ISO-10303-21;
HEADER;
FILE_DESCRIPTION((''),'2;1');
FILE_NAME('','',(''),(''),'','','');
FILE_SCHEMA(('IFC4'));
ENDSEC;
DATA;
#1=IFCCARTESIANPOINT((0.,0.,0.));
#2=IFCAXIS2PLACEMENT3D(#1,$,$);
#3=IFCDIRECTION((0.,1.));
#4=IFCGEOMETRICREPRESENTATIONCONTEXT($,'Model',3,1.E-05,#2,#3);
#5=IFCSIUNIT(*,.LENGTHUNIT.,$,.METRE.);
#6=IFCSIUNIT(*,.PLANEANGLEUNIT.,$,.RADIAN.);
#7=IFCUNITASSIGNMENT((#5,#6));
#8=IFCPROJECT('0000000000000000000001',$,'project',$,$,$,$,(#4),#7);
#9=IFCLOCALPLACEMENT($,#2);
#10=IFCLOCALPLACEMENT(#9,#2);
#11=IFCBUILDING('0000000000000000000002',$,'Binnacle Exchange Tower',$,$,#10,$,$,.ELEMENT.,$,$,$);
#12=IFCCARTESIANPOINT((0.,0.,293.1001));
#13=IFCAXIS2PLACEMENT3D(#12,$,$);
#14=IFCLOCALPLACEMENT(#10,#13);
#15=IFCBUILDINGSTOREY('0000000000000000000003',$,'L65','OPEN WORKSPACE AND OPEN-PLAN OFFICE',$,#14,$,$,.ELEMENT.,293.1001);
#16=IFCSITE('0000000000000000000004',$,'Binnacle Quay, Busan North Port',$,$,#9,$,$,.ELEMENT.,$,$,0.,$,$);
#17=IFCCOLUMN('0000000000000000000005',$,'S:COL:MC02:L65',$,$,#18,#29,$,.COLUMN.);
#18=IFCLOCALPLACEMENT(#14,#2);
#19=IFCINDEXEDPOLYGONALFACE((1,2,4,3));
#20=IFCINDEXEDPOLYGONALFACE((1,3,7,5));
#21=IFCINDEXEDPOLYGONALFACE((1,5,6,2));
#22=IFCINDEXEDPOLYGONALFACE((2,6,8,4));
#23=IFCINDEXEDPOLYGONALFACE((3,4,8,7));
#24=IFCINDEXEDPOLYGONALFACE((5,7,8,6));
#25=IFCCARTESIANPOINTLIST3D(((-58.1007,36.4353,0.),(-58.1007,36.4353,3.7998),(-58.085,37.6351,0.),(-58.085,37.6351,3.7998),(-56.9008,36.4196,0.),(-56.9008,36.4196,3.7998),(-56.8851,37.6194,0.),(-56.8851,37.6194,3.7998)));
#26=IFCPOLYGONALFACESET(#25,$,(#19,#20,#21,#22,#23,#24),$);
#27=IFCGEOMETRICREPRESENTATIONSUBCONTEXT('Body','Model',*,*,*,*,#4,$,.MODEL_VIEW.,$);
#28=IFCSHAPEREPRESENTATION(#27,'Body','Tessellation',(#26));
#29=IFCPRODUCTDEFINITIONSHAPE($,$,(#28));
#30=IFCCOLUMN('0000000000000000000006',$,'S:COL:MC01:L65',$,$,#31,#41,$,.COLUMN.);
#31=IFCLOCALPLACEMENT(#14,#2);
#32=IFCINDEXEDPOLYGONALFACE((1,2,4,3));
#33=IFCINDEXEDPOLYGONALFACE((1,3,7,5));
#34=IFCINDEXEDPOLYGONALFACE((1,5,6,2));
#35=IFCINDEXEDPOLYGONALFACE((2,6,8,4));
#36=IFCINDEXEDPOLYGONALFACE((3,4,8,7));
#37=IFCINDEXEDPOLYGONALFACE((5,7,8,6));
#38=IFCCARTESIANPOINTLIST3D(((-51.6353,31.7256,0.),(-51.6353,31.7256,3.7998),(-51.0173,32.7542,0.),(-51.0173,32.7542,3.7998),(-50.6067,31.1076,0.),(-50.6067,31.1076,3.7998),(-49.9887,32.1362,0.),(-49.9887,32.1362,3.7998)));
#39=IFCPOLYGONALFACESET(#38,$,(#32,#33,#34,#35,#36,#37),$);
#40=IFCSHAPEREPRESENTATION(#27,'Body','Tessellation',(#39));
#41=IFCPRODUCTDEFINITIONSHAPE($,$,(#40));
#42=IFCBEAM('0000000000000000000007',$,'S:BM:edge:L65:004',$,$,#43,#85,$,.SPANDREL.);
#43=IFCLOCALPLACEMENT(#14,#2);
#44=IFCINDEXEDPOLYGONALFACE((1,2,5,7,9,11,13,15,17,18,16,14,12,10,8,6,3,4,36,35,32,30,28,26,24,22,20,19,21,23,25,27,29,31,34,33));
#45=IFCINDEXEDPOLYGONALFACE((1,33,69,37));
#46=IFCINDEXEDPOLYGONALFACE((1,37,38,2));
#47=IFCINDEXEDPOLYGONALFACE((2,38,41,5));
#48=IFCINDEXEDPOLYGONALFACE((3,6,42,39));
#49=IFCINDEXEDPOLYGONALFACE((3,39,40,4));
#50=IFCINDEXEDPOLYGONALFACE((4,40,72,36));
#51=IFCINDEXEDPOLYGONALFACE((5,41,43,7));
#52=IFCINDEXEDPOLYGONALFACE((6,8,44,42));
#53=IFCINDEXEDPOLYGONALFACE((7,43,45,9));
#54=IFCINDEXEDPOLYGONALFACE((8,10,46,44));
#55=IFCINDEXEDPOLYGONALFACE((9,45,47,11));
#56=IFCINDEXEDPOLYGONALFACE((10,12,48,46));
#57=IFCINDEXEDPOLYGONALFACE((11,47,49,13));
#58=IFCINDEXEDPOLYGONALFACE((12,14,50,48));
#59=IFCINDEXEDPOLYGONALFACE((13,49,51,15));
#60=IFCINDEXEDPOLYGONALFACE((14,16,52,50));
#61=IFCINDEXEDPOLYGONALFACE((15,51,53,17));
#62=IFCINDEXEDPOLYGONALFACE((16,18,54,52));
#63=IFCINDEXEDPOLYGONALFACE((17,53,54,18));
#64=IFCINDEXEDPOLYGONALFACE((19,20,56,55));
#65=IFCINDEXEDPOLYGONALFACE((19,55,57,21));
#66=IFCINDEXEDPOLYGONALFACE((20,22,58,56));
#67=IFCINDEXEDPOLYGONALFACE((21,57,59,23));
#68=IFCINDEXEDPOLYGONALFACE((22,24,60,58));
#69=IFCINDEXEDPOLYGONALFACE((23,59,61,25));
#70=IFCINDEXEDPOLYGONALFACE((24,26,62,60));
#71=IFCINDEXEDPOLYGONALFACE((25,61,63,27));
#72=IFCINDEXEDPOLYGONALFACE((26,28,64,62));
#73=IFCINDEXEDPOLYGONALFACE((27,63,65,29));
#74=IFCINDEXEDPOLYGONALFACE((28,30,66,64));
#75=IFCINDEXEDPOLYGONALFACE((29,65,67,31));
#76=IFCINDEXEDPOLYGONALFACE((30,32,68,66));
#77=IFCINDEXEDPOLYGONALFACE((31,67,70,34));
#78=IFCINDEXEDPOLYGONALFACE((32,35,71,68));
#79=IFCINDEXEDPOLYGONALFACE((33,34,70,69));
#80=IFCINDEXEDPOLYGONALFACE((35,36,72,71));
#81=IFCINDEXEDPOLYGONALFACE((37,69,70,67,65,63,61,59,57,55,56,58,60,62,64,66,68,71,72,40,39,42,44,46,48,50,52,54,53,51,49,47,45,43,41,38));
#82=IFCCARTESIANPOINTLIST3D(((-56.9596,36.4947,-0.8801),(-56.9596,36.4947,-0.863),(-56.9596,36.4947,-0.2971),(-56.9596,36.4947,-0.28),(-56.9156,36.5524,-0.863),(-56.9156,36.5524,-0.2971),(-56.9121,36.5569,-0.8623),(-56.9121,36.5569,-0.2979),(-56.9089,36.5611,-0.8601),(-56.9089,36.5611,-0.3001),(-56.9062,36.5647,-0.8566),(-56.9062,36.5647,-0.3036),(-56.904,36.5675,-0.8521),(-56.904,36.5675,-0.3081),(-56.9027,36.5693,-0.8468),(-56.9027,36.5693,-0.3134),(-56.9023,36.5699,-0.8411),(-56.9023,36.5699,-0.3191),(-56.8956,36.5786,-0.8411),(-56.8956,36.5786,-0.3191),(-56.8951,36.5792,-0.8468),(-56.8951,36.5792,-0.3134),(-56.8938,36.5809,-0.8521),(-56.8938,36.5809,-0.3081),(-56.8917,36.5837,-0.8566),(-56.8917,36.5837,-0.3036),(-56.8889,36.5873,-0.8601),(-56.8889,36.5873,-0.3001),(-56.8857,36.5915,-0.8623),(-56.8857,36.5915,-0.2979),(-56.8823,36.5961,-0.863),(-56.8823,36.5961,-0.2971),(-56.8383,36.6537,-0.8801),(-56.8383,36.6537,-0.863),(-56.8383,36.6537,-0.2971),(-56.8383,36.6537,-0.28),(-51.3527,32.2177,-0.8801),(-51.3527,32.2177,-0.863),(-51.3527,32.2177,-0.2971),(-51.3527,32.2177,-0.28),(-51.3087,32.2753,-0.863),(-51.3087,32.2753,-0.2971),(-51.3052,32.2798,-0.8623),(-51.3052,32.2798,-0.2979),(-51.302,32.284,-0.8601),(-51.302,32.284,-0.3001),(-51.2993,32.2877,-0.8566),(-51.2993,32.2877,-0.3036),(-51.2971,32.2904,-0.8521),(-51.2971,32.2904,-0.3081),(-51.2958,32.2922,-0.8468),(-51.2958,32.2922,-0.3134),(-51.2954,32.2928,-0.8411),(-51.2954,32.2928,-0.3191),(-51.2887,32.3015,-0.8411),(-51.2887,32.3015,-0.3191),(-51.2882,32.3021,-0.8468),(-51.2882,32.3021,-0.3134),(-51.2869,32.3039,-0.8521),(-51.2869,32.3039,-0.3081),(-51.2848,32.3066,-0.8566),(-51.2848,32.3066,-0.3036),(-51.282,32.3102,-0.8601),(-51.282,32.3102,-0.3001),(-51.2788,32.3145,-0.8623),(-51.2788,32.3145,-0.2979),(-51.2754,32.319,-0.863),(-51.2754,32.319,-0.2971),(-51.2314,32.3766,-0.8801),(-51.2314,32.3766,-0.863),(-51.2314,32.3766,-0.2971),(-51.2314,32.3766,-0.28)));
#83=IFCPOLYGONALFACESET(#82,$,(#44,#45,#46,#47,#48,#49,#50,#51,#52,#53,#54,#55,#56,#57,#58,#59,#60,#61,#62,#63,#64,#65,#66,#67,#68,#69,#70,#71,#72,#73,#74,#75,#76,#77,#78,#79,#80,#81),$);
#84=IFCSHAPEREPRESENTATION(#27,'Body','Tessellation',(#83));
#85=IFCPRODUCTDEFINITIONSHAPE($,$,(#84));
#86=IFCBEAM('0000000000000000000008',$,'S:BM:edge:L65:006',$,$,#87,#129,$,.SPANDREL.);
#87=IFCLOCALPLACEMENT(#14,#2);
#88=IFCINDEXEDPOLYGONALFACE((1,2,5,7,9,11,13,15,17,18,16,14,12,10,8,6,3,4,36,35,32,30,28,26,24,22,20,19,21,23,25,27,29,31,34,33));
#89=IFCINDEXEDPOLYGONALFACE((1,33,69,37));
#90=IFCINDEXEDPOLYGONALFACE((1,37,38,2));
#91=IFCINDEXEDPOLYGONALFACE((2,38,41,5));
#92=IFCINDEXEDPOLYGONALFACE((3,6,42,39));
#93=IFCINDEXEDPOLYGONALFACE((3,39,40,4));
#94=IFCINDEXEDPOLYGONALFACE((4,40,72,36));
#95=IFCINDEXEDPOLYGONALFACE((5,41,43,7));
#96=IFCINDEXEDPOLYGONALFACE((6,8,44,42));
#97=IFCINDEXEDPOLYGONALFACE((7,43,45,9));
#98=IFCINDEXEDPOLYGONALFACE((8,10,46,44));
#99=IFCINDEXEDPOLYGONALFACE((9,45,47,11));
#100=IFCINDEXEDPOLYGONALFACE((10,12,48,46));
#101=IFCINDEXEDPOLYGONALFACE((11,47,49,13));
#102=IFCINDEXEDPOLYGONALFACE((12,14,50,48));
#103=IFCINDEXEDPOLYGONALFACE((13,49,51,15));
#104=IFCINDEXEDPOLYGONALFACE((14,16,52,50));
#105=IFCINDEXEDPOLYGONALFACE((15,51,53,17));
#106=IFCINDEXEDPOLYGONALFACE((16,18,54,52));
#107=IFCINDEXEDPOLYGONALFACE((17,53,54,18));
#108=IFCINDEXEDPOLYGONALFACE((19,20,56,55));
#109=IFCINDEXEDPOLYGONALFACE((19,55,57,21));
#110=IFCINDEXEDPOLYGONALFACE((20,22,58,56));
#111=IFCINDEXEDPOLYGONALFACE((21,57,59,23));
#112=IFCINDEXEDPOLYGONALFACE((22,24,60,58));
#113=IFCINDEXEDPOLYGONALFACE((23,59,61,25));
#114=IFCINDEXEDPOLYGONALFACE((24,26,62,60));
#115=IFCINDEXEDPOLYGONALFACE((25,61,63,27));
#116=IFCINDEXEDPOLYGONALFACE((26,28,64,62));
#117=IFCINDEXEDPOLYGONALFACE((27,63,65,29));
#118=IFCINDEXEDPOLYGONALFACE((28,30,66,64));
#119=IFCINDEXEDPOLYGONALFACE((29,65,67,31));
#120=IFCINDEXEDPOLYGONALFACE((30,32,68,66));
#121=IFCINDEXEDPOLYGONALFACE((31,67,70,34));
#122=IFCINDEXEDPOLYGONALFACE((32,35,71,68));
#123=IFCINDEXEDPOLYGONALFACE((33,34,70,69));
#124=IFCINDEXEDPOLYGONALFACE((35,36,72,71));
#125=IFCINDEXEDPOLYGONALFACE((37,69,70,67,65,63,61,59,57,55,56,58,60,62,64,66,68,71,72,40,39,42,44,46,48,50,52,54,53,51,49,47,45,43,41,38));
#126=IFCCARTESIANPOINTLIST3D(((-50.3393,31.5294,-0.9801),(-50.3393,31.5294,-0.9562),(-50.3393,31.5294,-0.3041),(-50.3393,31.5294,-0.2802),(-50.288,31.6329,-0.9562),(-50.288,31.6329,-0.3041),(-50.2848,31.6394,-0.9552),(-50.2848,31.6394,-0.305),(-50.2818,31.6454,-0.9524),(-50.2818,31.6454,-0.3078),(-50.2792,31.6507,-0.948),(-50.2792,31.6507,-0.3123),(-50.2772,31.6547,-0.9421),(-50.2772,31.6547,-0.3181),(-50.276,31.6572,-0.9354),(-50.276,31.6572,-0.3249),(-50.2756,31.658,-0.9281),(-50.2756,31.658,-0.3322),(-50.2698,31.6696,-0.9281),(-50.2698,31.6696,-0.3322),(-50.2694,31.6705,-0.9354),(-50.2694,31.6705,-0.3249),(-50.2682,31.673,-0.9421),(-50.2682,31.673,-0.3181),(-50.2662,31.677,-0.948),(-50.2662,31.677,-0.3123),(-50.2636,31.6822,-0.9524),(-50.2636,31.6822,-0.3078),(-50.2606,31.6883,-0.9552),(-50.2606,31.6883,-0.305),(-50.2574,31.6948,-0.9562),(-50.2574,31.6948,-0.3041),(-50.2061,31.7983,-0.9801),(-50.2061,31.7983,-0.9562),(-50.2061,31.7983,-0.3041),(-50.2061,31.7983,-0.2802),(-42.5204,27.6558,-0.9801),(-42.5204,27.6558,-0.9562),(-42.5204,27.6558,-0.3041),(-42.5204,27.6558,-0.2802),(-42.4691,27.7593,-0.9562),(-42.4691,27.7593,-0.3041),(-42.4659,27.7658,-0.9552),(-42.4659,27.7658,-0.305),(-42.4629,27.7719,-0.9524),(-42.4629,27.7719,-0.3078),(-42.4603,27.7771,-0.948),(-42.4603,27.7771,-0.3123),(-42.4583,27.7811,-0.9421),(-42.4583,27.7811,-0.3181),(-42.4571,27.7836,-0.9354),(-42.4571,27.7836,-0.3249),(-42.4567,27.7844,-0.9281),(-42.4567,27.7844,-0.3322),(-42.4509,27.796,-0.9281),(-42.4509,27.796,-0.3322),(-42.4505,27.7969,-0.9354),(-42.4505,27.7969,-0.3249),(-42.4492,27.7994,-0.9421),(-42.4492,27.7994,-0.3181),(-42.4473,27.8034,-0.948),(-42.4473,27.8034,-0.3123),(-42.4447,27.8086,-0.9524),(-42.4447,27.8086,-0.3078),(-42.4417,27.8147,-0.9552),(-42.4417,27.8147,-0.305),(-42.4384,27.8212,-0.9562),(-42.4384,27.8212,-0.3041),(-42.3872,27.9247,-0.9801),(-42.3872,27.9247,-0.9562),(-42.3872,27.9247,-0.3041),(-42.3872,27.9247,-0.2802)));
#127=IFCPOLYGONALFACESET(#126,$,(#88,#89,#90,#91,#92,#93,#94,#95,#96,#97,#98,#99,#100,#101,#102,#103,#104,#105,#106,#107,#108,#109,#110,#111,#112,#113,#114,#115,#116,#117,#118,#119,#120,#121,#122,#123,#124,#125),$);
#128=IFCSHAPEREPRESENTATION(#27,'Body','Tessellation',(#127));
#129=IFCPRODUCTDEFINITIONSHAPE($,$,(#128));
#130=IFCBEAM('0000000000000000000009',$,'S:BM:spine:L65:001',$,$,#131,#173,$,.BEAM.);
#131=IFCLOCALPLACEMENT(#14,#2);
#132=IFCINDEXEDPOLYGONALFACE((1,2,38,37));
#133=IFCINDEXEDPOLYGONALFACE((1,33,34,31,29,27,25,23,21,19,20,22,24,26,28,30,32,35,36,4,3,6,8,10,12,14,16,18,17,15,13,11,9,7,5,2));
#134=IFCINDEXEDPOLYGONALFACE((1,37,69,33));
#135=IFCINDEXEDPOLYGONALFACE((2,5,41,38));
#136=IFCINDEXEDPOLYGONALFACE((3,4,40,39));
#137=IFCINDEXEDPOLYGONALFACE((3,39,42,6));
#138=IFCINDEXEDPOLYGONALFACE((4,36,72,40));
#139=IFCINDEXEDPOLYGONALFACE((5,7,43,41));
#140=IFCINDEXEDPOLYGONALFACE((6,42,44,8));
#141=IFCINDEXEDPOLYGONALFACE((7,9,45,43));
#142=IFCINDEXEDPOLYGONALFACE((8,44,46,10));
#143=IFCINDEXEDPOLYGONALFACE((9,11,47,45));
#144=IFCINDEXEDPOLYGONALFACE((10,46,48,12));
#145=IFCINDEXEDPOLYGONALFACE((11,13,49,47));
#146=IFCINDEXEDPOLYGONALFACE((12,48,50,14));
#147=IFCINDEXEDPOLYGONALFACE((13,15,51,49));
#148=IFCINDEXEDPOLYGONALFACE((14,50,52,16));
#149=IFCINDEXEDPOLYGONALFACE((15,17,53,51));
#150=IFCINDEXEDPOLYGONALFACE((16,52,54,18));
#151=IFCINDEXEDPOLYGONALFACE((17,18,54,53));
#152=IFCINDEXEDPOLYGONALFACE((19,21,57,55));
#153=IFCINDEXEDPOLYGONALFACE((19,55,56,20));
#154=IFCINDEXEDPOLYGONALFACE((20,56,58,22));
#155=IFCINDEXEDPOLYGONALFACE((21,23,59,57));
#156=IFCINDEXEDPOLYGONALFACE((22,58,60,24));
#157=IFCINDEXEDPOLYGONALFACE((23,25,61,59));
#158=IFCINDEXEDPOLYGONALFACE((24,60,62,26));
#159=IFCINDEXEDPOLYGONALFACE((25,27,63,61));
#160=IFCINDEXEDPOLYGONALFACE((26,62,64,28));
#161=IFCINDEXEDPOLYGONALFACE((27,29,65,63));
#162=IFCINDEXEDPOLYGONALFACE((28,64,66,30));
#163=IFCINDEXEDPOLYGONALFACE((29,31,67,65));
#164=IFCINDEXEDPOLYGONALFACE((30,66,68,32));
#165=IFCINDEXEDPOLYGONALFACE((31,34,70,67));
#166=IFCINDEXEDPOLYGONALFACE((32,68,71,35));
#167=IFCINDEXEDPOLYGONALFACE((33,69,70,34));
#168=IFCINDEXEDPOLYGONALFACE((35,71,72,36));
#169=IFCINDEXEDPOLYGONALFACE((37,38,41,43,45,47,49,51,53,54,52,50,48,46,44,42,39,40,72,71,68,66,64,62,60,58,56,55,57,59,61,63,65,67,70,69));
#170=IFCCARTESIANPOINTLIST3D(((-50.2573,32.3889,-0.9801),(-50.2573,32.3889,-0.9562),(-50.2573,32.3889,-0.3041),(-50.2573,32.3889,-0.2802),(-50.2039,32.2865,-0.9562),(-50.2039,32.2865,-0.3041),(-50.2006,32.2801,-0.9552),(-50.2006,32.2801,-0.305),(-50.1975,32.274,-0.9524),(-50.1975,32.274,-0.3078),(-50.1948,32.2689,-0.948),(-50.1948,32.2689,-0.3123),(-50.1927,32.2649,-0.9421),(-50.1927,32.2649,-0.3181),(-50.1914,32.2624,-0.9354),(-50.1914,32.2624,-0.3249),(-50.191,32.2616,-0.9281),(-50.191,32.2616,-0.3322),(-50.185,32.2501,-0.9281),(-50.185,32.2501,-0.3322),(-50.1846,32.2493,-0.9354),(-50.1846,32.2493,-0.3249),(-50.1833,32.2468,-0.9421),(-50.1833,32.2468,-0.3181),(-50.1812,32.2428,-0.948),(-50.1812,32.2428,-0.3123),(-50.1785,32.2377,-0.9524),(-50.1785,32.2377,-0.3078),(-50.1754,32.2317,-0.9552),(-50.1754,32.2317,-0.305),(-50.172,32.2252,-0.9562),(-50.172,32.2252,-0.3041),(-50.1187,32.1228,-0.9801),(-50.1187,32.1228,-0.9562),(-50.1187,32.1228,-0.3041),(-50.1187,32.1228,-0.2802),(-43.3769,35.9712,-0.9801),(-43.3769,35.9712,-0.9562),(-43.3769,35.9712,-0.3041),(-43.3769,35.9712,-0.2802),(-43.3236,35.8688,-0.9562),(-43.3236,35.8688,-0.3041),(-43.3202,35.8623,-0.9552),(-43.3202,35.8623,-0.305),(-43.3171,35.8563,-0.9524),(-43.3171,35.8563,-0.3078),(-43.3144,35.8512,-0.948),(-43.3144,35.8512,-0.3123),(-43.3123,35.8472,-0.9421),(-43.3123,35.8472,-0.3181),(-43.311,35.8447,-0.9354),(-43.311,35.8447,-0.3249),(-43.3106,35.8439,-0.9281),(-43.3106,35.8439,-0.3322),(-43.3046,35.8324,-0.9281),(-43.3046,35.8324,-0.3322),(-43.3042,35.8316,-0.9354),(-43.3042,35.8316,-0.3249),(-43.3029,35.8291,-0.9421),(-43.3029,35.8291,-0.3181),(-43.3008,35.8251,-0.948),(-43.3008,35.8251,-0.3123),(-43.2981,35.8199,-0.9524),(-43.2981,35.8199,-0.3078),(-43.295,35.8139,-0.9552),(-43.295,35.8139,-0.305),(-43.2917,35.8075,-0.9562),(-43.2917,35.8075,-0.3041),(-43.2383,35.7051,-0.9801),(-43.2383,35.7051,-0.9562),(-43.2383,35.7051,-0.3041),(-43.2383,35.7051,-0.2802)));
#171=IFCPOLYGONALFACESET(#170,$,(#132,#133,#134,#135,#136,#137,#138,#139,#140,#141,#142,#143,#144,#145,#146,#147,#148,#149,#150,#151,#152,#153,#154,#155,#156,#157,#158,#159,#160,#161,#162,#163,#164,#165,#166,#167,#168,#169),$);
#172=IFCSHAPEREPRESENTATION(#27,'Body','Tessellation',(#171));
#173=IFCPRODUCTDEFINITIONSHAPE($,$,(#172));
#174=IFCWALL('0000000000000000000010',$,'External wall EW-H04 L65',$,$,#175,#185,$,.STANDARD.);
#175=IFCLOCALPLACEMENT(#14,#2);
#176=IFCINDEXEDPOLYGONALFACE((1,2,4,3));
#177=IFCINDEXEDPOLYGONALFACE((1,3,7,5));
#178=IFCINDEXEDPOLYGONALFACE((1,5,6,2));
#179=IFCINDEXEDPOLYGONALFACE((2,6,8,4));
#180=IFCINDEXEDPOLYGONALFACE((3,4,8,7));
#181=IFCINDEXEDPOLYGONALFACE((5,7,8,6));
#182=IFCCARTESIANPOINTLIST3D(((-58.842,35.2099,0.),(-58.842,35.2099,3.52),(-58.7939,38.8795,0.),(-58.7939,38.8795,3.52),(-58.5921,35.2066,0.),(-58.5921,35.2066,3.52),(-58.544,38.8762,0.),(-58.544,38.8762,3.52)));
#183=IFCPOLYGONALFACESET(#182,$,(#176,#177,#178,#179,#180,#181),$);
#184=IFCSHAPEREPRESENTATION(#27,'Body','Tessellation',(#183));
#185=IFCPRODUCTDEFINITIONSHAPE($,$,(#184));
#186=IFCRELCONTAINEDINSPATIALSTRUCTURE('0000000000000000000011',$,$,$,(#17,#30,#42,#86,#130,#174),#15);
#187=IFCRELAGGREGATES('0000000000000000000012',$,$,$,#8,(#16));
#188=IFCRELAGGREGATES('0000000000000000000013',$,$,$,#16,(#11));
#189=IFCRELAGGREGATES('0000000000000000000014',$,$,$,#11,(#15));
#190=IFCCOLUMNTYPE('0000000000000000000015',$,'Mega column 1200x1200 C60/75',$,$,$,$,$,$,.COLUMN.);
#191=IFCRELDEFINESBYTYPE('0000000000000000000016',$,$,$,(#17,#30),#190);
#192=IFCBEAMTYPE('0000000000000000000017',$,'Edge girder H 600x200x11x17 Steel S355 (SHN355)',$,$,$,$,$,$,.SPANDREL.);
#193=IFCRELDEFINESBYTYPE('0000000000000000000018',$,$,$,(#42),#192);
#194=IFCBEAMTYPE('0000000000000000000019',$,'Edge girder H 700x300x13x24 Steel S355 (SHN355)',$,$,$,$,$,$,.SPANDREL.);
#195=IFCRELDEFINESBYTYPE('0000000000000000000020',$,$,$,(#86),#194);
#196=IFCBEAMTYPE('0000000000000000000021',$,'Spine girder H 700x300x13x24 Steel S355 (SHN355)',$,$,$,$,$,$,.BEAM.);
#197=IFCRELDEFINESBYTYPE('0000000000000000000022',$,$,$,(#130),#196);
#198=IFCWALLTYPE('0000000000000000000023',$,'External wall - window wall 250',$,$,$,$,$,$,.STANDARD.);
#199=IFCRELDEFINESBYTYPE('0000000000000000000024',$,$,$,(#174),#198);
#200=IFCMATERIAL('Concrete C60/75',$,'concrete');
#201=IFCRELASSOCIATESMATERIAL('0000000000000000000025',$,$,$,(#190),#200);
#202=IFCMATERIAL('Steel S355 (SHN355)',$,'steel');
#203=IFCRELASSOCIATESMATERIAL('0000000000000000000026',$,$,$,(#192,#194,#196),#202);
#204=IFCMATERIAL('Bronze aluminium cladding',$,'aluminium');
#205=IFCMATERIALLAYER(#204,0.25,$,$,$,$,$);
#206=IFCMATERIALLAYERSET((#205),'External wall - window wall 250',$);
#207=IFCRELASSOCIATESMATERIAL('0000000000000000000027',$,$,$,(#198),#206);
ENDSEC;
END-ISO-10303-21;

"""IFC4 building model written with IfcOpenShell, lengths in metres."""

from ifc_helpers import new_model, si_unit, direction, frame, frame_2d, origin, origin_2d, place, context, subcontext, project, spatial, rectangle, i_section, extrude, material, layer, layer_set, material_profile, profile_set, type_object, element, save


model = new_model("IFC4")

# Units and contexts
model_context = context("Model", 3, precision=1e-05, world=origin(), true_north=direction((0.0, 1.0)))
body_context = subcontext(model_context, "Body", "Model", "MODEL_VIEW")
ifc_project = project(units=[si_unit("LENGTHUNIT", "METRE"), si_unit("PLANEANGLEUNIT", "RADIAN")], contexts=[model_context])

# Site, building, storey
site_placement = place(None, origin())
site = spatial("IfcSite", under=ifc_project, at=site_placement, Name="Binnacle Quay, Busan North Port", CompositionType="ELEMENT", RefElevation=0.0)
building_placement = place(site_placement, origin())
building = spatial("IfcBuilding", under=site, at=building_placement, Name="Binnacle Exchange Tower", CompositionType="ELEMENT")
storey_placement = place(building_placement, frame((0.0, 0.0, 293.1001)))
storey = spatial("IfcBuildingStorey", under=building, at=storey_placement, Name="L65", Description="OPEN WORKSPACE AND OPEN-PLAN OFFICE", CompositionType="ELEMENT", Elevation=293.1001)

# Columns
ifc_material_1 = material(Name="Concrete C60/75", Category="concrete")
ifc_material_profile_1 = material_profile(ifc_material_1, rectangle(XDim=1.2, YDim=1.2, at=origin_2d()), Name="Mega column 1200x1200 C60/75")
ifc_profile_set_1 = profile_set([ifc_material_profile_1], Name="Concrete C60/75")
column_type = type_object("IfcColumnType", Name="Mega column 1200x1200 C60/75", PredefinedType="COLUMN", material=ifc_profile_set_1)
for number, where, z_axis, x_axis, name in (
    (1, (-57.4929, 37.0273, 0.0), (0.0, 0.0, 1.0), (-0.01309, -0.999914, 0.0), "S:COL:MC02:L65"),
    (2, (-50.812, 31.9309, 0.0), (0.0, 0.0, 1.0), (0.857167, -0.515038, 0.0), "S:COL:MC01:L65"),
):
    element("IfcColumn", number, at=place(storey_placement, frame(where, z_axis=z_axis, x_axis=x_axis)), inside=storey, type_object=column_type, Name=name, PredefinedType="COLUMN", context=body_context, shape_type="SweptSolid", body=[
        extrude(rectangle(XDim=1.2, YDim=1.2, at=origin_2d()), origin(), (0.0, 0.0, 1.0), 3.7998),
    ])

# Beams
ifc_material_2 = material(Name="Steel S355 (SHN355)", Category="steel")
ifc_material_profile_2 = material_profile(ifc_material_2, i_section(OverallWidth=0.2, OverallDepth=0.6001, WebThickness=0.011, FlangeThickness=0.0171, FilletRadius=0.022, at=origin_2d()), Name="H 600x200x11x17")
ifc_profile_set_2 = profile_set([ifc_material_profile_2], Name="Steel S355 (SHN355)")
beam_type_1 = type_object("IfcBeamType", Name="Edge girder H 600x200x11x17 Steel S355 (SHN355)", PredefinedType="SPANDREL", material=ifc_profile_set_2)
beam_1_placement = place(storey_placement, frame((-56.8989, 36.5742, -0.5801), z_axis=(0.79508, -0.606505, 0.0), x_axis=(0.606505, 0.79508, 0.0)))
element("IfcBeam", 3, at=beam_1_placement, inside=storey, type_object=beam_type_1, Name="S:BM:edge:L65:004", PredefinedType="SPANDREL", context=body_context, shape_type="SweptSolid", body=[
    extrude(i_section(OverallWidth=0.2, OverallDepth=0.6001, WebThickness=0.011, FlangeThickness=0.0171, FilletRadius=0.022, at=origin_2d()), origin(), (0.0, 0.0, 1.0), 7.052),
])
ifc_material_profile_3 = material_profile(ifc_material_2, i_section(OverallWidth=0.3, OverallDepth=0.7, WebThickness=0.0129, FlangeThickness=0.0239, FilletRadius=0.0281, at=origin_2d()), Name="H 700x300x13x24")
ifc_profile_set_3 = profile_set([ifc_material_profile_3], Name="Steel S355 (SHN355)")
beam_type_2 = type_object("IfcBeamType", Name="Edge girder H 700x300x13x24 Steel S355 (SHN355)", PredefinedType="SPANDREL", material=ifc_profile_set_3)
beam_2_placement = place(storey_placement, frame((-50.2727, 31.6638, -0.6301), z_axis=(0.896066, -0.44392, 0.0), x_axis=(0.44392, 0.896066, 0.0)))
element("IfcBeam", 4, at=beam_2_placement, inside=storey, type_object=beam_type_2, Name="S:BM:edge:L65:006", PredefinedType="SPANDREL", context=body_context, shape_type="SweptSolid", body=[
    extrude(i_section(OverallWidth=0.3, OverallDepth=0.7, WebThickness=0.0129, FlangeThickness=0.0239, FilletRadius=0.0281, at=origin_2d()), origin(), (0.0, 0.0, 1.0), 8.7258),
])
ifc_material_profile_4 = material_profile(ifc_material_2, i_section(OverallWidth=0.3, OverallDepth=0.7, WebThickness=0.0129, FlangeThickness=0.0239, FilletRadius=0.0281, at=origin_2d()), Name="H 700x300x13x24")
ifc_profile_set_4 = profile_set([ifc_material_profile_4], Name="Steel S355 (SHN355)")
beam_type_3 = type_object("IfcBeamType", Name="Spine girder H 700x300x13x24 Steel S355 (SHN355)", PredefinedType="BEAM", material=ifc_profile_set_4)
beam_3_placement = place(storey_placement, frame((-50.188, 32.2559, -0.6301), z_axis=(0.88698, 0.461808, 0.0), x_axis=(-0.461808, 0.88698, 0.0)))
element("IfcBeam", 5, at=beam_3_placement, inside=storey, type_object=beam_type_3, Name="S:BM:spine:L65:001", PredefinedType="BEAM", context=body_context, shape_type="SweptSolid", body=[
    extrude(i_section(OverallWidth=0.3, OverallDepth=0.7, WebThickness=0.0129, FlangeThickness=0.0239, FilletRadius=0.0281, at=origin_2d()), origin(), (0.0, 0.0, 1.0), 7.7571),
])

# Wall
ifc_material_3 = material(Name="Bronze aluminium cladding", Category="aluminium")
ifc_layer_1 = layer(ifc_material_3, 0.25)
ifc_layer_set_1 = layer_set([ifc_layer_1], Name="External wall - window wall 250")
wall_type_1 = type_object("IfcWallType", Name="External wall - window wall 250", PredefinedType="STANDARD", material=ifc_layer_set_1)
wall_1_placement = place(storey_placement, frame((-58.717, 35.2083, 0.0), z_axis=(0.0, 0.0, 1.0), x_axis=(0.013105, 0.999914, 0.0)))
element("IfcWall", 6, at=wall_1_placement, inside=storey, type_object=wall_type_1, Name="External wall EW-H04 L65", PredefinedType="STANDARD", context=body_context, shape_type="SweptSolid", body=[
    extrude(rectangle(XDim=3.6699, YDim=0.25, at=frame_2d((1.835, 0.0))), origin(), (0.0, 0.0, 1.0), 3.52),
])

save(model, "model.ifc")
